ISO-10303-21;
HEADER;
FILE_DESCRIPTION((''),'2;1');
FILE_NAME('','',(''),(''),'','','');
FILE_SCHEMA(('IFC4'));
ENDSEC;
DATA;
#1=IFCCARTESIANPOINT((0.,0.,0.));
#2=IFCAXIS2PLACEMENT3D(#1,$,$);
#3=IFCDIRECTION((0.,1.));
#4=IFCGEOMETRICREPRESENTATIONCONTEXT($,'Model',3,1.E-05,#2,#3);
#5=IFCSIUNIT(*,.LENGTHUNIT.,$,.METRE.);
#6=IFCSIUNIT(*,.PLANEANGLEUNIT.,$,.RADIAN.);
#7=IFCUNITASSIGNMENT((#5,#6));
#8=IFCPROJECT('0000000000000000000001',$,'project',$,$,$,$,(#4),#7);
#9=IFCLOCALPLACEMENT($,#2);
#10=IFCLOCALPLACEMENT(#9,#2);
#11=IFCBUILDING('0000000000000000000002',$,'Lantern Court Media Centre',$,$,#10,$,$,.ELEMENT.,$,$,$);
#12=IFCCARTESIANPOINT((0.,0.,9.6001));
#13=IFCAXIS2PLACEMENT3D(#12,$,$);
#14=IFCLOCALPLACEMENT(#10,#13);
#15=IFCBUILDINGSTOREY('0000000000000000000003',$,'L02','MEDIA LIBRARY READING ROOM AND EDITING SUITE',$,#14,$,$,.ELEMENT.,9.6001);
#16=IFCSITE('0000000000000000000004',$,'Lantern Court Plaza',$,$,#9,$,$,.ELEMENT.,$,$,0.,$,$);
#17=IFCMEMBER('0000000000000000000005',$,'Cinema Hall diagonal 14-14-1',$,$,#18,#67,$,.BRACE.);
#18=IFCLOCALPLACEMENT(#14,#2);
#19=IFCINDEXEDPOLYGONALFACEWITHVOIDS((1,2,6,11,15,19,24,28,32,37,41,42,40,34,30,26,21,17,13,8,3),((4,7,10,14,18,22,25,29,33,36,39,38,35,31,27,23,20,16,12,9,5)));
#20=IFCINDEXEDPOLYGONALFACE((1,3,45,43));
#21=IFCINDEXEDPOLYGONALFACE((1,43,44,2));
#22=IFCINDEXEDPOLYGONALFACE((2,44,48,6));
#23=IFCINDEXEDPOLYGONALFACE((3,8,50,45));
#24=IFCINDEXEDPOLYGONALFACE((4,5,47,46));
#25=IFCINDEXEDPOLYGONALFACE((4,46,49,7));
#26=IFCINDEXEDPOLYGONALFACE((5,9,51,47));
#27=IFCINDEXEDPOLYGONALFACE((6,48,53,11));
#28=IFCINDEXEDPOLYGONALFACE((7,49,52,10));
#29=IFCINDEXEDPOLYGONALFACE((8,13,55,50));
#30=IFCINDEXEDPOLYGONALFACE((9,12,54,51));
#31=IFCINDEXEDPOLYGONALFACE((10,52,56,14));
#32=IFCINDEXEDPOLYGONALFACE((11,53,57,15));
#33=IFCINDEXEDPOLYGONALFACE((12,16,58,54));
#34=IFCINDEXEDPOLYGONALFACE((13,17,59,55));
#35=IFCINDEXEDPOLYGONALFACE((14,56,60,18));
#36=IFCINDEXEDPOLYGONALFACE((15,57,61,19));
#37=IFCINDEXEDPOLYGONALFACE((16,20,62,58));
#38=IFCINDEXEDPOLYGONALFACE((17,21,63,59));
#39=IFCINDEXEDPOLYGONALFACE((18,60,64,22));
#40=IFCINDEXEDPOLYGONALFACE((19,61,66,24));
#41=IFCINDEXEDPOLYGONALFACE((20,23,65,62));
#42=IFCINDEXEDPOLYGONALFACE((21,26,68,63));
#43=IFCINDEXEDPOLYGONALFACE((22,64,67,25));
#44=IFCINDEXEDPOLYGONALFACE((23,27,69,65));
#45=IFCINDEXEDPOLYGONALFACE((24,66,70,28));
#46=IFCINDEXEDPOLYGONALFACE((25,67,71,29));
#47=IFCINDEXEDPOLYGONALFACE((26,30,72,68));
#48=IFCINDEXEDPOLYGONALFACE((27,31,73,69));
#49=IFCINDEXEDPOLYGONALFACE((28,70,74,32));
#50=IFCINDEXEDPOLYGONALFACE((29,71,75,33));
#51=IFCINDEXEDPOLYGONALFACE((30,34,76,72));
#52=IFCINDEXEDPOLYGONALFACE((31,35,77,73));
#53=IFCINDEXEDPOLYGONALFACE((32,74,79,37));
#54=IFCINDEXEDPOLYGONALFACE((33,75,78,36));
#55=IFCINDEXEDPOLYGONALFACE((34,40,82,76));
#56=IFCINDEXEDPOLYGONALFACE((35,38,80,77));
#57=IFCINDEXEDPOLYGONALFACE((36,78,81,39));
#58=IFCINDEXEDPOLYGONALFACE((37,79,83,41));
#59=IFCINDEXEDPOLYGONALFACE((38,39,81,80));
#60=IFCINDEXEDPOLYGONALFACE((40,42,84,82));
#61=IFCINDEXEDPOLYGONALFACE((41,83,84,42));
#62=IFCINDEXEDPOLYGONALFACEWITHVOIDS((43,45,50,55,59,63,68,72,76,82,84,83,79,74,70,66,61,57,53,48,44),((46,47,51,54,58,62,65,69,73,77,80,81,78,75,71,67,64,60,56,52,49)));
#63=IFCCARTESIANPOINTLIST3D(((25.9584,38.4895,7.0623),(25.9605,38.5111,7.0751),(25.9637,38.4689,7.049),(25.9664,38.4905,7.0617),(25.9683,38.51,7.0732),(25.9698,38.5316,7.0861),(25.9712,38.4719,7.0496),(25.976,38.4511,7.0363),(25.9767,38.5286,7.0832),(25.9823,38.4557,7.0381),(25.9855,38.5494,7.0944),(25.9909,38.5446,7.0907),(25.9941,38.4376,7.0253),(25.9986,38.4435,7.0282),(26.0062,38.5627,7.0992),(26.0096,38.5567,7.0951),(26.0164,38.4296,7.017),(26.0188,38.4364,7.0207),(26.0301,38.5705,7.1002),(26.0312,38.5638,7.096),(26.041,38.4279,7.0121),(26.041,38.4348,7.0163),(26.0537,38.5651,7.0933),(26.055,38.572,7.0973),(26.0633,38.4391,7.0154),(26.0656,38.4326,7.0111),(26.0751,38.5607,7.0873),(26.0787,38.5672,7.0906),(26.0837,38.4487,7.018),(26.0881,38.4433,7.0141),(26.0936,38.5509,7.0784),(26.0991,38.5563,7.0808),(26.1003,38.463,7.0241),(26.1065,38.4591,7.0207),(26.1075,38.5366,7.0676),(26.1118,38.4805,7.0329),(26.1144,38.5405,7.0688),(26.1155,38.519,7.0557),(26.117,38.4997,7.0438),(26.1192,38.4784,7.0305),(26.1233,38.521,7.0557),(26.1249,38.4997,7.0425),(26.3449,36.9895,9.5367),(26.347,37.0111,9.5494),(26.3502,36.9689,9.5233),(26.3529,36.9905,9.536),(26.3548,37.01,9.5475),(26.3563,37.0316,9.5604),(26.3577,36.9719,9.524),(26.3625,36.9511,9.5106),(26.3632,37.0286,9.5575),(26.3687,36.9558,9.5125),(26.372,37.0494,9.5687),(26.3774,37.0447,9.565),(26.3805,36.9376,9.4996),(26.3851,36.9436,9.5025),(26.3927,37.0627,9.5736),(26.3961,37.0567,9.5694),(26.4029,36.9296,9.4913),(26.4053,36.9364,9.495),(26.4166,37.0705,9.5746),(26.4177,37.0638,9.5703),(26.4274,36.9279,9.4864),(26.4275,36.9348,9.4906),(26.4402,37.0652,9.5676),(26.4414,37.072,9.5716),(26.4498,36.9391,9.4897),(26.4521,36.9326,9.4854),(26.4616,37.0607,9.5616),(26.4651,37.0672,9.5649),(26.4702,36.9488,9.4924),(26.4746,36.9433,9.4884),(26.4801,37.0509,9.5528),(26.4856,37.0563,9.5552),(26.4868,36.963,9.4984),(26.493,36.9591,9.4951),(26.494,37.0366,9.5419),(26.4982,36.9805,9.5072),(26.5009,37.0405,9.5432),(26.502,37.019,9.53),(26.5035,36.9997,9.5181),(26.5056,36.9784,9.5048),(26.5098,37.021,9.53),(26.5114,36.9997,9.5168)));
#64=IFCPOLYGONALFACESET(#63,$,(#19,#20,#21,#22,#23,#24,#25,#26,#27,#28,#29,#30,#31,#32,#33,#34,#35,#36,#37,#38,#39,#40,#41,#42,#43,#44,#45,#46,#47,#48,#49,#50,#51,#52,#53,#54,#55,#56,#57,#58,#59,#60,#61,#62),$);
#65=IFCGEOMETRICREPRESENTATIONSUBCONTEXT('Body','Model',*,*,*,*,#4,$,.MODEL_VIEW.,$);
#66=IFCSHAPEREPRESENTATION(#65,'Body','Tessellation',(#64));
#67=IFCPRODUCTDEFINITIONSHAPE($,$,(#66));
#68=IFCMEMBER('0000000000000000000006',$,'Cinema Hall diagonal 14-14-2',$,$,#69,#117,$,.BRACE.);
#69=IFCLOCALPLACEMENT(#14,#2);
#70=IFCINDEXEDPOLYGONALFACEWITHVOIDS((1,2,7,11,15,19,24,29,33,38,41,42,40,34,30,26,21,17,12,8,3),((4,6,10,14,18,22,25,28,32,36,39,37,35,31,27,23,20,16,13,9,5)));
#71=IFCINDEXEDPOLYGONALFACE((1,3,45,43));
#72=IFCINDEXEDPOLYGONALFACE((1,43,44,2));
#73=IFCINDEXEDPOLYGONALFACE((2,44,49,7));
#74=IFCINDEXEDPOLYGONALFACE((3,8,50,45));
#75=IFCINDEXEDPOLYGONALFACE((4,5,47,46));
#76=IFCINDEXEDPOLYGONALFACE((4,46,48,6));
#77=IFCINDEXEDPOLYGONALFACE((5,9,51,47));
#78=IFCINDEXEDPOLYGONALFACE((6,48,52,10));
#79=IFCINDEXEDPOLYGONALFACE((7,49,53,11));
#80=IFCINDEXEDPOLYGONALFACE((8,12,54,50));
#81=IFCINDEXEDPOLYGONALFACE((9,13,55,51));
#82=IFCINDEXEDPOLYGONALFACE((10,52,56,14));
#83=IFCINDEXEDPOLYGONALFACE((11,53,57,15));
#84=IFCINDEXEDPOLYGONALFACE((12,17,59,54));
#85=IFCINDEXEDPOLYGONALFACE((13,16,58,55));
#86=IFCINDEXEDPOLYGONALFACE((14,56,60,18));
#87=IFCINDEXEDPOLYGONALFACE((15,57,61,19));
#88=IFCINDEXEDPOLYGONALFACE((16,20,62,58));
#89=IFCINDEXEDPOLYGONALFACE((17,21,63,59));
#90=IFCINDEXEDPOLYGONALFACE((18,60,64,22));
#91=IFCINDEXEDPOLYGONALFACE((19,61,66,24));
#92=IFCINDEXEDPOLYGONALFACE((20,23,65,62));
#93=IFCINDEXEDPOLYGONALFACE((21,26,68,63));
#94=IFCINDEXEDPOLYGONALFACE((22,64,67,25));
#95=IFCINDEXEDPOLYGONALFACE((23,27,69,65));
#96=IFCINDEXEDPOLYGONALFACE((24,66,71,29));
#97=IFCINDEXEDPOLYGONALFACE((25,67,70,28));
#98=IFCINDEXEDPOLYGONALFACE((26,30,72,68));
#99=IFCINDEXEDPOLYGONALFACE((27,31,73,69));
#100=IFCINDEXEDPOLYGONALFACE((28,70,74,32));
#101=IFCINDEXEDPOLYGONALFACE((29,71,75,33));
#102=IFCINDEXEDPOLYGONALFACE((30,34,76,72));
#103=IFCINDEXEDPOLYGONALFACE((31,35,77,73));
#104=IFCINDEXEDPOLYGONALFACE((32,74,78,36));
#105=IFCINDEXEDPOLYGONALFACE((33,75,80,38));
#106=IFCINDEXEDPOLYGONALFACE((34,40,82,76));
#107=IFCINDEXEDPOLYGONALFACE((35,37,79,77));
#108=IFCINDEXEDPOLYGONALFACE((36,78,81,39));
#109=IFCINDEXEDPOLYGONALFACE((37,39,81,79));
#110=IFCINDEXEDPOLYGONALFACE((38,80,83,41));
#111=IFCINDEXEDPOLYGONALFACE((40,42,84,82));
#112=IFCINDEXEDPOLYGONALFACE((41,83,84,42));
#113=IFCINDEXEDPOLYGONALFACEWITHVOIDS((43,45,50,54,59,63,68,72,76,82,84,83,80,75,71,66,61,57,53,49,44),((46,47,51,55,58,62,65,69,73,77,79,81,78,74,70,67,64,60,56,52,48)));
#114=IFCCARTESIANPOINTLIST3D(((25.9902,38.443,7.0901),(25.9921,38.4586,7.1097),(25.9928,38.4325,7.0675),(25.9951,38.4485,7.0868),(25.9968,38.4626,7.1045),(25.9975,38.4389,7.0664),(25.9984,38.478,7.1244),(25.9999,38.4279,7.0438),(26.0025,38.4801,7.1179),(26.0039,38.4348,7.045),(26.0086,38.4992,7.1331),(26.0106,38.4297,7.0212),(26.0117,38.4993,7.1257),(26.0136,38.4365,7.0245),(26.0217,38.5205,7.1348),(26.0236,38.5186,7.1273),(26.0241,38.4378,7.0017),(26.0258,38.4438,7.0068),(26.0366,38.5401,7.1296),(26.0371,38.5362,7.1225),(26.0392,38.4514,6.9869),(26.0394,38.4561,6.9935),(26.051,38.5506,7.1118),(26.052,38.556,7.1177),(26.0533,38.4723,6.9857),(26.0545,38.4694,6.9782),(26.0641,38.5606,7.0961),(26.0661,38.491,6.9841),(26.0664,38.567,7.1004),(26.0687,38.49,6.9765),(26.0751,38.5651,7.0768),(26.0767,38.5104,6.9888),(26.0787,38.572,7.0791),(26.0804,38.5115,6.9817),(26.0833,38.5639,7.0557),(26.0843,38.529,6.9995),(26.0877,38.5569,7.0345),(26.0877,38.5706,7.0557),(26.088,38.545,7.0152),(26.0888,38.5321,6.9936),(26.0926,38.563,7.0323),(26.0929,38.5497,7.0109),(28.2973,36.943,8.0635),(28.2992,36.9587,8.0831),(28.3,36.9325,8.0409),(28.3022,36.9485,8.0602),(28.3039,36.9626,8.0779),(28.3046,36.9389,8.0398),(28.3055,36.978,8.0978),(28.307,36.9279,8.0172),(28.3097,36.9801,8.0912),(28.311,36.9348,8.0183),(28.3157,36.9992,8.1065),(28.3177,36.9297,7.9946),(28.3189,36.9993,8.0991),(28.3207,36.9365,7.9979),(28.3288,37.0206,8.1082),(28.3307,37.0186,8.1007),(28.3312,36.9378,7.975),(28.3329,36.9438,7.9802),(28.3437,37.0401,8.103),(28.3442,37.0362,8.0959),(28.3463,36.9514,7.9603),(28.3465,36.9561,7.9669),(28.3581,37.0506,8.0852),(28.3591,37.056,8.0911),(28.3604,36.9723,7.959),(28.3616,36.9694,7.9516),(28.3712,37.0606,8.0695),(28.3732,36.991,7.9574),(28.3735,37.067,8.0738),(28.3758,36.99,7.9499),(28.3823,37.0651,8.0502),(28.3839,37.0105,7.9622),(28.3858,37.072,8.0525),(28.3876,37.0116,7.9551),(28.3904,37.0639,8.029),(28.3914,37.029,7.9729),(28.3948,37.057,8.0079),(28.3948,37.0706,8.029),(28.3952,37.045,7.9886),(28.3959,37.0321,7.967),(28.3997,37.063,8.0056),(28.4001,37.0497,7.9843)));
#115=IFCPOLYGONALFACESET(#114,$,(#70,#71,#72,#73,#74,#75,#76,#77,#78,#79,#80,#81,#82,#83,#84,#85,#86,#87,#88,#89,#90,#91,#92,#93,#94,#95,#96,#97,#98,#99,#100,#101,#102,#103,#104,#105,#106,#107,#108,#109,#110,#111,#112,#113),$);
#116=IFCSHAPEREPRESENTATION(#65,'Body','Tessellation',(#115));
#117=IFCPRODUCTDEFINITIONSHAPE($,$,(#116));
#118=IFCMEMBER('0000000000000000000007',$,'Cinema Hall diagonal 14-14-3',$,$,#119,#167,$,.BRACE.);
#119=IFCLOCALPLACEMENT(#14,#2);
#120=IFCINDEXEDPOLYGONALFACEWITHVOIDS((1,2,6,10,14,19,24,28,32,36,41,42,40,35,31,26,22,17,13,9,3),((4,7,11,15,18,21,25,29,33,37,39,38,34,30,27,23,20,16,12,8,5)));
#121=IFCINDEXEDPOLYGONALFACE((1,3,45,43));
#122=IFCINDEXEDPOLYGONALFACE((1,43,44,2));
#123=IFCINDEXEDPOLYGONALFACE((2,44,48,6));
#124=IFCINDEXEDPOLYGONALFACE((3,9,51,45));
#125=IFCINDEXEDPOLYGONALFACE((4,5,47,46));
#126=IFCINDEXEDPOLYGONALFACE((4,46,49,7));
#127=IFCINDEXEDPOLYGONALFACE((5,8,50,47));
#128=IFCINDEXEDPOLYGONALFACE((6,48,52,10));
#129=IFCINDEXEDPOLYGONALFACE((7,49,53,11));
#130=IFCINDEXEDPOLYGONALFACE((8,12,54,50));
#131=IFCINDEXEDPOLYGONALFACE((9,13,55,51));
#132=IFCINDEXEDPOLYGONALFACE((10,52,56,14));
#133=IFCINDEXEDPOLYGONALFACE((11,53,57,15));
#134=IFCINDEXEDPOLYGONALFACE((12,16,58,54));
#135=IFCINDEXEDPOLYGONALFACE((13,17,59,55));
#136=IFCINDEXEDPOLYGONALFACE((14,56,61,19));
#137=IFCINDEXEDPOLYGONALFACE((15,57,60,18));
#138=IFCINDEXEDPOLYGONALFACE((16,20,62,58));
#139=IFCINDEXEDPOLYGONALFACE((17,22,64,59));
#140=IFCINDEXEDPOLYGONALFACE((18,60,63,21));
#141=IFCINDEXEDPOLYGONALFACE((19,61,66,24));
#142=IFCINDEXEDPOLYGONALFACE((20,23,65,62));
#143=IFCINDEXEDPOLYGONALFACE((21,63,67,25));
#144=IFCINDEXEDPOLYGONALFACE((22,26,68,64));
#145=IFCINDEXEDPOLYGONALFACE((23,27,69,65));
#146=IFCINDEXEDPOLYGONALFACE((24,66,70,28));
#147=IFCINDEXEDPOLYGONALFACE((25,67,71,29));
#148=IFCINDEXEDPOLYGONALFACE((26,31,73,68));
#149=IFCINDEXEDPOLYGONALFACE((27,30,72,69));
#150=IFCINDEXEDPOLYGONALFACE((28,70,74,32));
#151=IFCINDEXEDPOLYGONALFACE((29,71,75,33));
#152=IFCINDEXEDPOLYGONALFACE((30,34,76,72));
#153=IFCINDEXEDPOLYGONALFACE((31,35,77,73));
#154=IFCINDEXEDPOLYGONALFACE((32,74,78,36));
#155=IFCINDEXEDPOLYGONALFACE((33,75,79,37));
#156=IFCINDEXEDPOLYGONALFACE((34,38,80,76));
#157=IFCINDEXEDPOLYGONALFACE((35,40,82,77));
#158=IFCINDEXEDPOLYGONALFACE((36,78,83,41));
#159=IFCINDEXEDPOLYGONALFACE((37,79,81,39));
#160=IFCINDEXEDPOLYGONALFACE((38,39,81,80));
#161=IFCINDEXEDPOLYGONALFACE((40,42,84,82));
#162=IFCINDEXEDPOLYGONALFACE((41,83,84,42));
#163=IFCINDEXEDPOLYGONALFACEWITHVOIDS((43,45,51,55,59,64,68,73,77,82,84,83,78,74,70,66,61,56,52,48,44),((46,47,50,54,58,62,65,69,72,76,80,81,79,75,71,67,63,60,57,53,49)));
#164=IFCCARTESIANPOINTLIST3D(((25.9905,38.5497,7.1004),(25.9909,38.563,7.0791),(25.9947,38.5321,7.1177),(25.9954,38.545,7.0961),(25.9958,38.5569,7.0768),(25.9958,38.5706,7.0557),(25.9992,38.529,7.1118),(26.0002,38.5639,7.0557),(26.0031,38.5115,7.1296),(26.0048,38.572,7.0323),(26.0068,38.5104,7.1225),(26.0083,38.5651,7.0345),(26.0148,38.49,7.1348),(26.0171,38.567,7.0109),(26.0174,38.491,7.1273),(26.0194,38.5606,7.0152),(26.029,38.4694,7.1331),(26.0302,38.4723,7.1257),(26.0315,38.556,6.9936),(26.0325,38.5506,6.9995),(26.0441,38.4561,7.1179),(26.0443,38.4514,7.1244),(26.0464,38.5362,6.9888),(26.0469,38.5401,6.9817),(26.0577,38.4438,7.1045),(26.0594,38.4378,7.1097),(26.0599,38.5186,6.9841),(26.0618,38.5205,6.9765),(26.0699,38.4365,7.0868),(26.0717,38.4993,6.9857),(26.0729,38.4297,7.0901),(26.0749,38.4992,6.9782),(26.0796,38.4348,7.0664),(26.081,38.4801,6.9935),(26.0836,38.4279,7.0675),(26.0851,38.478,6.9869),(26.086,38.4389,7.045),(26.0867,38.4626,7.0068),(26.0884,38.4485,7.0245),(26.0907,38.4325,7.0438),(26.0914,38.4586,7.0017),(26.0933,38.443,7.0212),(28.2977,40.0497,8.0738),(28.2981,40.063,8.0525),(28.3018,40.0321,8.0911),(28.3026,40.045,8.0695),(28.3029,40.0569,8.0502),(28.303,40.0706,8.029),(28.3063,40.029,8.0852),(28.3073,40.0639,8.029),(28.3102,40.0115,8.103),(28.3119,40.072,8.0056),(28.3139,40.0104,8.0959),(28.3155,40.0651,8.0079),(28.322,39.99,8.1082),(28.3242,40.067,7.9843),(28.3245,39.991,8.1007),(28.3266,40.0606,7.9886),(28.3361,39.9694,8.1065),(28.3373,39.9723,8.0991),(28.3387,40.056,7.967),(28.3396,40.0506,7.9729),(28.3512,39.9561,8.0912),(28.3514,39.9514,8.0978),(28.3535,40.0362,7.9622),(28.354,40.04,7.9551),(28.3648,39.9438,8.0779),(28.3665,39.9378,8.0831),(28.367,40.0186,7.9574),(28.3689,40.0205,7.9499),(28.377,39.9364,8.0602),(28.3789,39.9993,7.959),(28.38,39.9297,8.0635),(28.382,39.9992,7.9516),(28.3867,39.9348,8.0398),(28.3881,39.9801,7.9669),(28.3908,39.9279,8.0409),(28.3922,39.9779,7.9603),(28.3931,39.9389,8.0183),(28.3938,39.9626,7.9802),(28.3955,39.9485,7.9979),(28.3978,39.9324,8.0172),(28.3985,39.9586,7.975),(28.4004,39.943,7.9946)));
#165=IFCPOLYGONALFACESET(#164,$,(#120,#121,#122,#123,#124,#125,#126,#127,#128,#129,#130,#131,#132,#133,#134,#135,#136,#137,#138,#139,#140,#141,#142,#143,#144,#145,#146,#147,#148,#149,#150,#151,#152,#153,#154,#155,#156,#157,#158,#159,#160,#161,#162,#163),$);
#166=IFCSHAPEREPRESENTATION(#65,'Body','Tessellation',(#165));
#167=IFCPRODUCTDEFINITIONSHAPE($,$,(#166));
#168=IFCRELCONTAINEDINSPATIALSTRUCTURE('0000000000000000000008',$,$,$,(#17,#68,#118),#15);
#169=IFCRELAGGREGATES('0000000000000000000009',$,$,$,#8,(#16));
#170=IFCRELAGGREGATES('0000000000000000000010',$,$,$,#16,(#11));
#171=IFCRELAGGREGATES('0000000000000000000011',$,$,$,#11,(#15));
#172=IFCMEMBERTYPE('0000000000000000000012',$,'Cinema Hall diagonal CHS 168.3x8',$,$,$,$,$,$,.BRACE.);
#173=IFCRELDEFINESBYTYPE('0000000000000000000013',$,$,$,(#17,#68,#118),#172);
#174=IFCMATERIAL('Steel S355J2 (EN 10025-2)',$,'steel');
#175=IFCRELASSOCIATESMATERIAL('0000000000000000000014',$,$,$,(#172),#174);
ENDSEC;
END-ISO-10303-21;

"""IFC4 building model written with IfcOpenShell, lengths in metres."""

from ifc_helpers import new_model, si_unit, direction, frame, origin, origin_2d, place, context, subcontext, project, spatial, hollow_circle, extrude, material, material_profile, profile_set, type_object, element, save


model = new_model("IFC4")

# Units and contexts
model_context = context("Model", 3, precision=1e-05, world=origin(), true_north=direction((0.0, 1.0)))
body_context = subcontext(model_context, "Body", "Model", "MODEL_VIEW")
ifc_project = project(units=[si_unit("LENGTHUNIT", "METRE"), si_unit("PLANEANGLEUNIT", "RADIAN")], contexts=[model_context])

# Site, building, storey
site_placement = place(None, origin())
site = spatial("IfcSite", under=ifc_project, at=site_placement, Name="Lantern Court Plaza", CompositionType="ELEMENT", RefElevation=0.0)
building_placement = place(site_placement, origin())
building = spatial("IfcBuilding", under=site, at=building_placement, Name="Lantern Court Media Centre", CompositionType="ELEMENT")
storey_placement = place(building_placement, frame((0.0, 0.0, 9.6001)))
storey = spatial("IfcBuildingStorey", under=building, at=storey_placement, Name="L02", Description="MEDIA LIBRARY READING ROOM AND EDITING SUITE", CompositionType="ELEMENT", Elevation=9.6001)

# Members
ifc_material_1 = material(Name="Steel S355J2 (EN 10025-2)", Category="steel")
ifc_material_profile_1 = material_profile(ifc_material_1, hollow_circle(Radius=0.0842, WallThickness=0.0081, at=origin_2d()), Name="Cinema Hall diagonal CHS 168.3x8")
ifc_profile_set_1 = profile_set([ifc_material_profile_1], Name="Steel S355J2 (EN 10025-2)")
member_type_1 = type_object("IfcMemberType", Name="Cinema Hall diagonal CHS 168.3x8", PredefinedType="BRACE", material=ifc_profile_set_1)
member_1_placement = place(storey_placement, frame((26.0417, 38.5, 7.0557), z_axis=(0.13239, -0.513836, 0.847612), x_axis=(0.968374, 0.249501, 0.0)))
element("IfcMember", 1, at=member_1_placement, inside=storey, type_object=member_type_1, Name="Cinema Hall diagonal 14-14-1", PredefinedType="BRACE", context=body_context, shape_type="SweptSolid", body=[
    extrude(hollow_circle(Radius=0.0842, WallThickness=0.0081, at=origin_2d()), origin(), (0.0, 0.0, 1.0), 2.9192),
])
for number, where, z_axis, x_axis, name in (
    (2, (26.0417, 38.5, 7.0557), (0.790394, -0.513882, 0.333471), (0.545082, 0.838383, 0.0), "Cinema Hall diagonal 14-14-2"),
    (3, (26.0417, 38.5, 7.0557), (0.790394, 0.513882, 0.333471), (-0.545082, 0.838383, 0.0), "Cinema Hall diagonal 14-14-3"),
):
    element("IfcMember", number, at=place(storey_placement, frame(where, z_axis=z_axis, x_axis=x_axis)), inside=storey, type_object=member_type_1, Name=name, PredefinedType="BRACE", context=body_context, shape_type="SweptSolid", body=[
        extrude(hollow_circle(Radius=0.0842, WallThickness=0.0081, at=origin_2d()), origin(), (0.0, 0.0, 1.0), 2.9189),
    ])

save(model, "model.ifc")
